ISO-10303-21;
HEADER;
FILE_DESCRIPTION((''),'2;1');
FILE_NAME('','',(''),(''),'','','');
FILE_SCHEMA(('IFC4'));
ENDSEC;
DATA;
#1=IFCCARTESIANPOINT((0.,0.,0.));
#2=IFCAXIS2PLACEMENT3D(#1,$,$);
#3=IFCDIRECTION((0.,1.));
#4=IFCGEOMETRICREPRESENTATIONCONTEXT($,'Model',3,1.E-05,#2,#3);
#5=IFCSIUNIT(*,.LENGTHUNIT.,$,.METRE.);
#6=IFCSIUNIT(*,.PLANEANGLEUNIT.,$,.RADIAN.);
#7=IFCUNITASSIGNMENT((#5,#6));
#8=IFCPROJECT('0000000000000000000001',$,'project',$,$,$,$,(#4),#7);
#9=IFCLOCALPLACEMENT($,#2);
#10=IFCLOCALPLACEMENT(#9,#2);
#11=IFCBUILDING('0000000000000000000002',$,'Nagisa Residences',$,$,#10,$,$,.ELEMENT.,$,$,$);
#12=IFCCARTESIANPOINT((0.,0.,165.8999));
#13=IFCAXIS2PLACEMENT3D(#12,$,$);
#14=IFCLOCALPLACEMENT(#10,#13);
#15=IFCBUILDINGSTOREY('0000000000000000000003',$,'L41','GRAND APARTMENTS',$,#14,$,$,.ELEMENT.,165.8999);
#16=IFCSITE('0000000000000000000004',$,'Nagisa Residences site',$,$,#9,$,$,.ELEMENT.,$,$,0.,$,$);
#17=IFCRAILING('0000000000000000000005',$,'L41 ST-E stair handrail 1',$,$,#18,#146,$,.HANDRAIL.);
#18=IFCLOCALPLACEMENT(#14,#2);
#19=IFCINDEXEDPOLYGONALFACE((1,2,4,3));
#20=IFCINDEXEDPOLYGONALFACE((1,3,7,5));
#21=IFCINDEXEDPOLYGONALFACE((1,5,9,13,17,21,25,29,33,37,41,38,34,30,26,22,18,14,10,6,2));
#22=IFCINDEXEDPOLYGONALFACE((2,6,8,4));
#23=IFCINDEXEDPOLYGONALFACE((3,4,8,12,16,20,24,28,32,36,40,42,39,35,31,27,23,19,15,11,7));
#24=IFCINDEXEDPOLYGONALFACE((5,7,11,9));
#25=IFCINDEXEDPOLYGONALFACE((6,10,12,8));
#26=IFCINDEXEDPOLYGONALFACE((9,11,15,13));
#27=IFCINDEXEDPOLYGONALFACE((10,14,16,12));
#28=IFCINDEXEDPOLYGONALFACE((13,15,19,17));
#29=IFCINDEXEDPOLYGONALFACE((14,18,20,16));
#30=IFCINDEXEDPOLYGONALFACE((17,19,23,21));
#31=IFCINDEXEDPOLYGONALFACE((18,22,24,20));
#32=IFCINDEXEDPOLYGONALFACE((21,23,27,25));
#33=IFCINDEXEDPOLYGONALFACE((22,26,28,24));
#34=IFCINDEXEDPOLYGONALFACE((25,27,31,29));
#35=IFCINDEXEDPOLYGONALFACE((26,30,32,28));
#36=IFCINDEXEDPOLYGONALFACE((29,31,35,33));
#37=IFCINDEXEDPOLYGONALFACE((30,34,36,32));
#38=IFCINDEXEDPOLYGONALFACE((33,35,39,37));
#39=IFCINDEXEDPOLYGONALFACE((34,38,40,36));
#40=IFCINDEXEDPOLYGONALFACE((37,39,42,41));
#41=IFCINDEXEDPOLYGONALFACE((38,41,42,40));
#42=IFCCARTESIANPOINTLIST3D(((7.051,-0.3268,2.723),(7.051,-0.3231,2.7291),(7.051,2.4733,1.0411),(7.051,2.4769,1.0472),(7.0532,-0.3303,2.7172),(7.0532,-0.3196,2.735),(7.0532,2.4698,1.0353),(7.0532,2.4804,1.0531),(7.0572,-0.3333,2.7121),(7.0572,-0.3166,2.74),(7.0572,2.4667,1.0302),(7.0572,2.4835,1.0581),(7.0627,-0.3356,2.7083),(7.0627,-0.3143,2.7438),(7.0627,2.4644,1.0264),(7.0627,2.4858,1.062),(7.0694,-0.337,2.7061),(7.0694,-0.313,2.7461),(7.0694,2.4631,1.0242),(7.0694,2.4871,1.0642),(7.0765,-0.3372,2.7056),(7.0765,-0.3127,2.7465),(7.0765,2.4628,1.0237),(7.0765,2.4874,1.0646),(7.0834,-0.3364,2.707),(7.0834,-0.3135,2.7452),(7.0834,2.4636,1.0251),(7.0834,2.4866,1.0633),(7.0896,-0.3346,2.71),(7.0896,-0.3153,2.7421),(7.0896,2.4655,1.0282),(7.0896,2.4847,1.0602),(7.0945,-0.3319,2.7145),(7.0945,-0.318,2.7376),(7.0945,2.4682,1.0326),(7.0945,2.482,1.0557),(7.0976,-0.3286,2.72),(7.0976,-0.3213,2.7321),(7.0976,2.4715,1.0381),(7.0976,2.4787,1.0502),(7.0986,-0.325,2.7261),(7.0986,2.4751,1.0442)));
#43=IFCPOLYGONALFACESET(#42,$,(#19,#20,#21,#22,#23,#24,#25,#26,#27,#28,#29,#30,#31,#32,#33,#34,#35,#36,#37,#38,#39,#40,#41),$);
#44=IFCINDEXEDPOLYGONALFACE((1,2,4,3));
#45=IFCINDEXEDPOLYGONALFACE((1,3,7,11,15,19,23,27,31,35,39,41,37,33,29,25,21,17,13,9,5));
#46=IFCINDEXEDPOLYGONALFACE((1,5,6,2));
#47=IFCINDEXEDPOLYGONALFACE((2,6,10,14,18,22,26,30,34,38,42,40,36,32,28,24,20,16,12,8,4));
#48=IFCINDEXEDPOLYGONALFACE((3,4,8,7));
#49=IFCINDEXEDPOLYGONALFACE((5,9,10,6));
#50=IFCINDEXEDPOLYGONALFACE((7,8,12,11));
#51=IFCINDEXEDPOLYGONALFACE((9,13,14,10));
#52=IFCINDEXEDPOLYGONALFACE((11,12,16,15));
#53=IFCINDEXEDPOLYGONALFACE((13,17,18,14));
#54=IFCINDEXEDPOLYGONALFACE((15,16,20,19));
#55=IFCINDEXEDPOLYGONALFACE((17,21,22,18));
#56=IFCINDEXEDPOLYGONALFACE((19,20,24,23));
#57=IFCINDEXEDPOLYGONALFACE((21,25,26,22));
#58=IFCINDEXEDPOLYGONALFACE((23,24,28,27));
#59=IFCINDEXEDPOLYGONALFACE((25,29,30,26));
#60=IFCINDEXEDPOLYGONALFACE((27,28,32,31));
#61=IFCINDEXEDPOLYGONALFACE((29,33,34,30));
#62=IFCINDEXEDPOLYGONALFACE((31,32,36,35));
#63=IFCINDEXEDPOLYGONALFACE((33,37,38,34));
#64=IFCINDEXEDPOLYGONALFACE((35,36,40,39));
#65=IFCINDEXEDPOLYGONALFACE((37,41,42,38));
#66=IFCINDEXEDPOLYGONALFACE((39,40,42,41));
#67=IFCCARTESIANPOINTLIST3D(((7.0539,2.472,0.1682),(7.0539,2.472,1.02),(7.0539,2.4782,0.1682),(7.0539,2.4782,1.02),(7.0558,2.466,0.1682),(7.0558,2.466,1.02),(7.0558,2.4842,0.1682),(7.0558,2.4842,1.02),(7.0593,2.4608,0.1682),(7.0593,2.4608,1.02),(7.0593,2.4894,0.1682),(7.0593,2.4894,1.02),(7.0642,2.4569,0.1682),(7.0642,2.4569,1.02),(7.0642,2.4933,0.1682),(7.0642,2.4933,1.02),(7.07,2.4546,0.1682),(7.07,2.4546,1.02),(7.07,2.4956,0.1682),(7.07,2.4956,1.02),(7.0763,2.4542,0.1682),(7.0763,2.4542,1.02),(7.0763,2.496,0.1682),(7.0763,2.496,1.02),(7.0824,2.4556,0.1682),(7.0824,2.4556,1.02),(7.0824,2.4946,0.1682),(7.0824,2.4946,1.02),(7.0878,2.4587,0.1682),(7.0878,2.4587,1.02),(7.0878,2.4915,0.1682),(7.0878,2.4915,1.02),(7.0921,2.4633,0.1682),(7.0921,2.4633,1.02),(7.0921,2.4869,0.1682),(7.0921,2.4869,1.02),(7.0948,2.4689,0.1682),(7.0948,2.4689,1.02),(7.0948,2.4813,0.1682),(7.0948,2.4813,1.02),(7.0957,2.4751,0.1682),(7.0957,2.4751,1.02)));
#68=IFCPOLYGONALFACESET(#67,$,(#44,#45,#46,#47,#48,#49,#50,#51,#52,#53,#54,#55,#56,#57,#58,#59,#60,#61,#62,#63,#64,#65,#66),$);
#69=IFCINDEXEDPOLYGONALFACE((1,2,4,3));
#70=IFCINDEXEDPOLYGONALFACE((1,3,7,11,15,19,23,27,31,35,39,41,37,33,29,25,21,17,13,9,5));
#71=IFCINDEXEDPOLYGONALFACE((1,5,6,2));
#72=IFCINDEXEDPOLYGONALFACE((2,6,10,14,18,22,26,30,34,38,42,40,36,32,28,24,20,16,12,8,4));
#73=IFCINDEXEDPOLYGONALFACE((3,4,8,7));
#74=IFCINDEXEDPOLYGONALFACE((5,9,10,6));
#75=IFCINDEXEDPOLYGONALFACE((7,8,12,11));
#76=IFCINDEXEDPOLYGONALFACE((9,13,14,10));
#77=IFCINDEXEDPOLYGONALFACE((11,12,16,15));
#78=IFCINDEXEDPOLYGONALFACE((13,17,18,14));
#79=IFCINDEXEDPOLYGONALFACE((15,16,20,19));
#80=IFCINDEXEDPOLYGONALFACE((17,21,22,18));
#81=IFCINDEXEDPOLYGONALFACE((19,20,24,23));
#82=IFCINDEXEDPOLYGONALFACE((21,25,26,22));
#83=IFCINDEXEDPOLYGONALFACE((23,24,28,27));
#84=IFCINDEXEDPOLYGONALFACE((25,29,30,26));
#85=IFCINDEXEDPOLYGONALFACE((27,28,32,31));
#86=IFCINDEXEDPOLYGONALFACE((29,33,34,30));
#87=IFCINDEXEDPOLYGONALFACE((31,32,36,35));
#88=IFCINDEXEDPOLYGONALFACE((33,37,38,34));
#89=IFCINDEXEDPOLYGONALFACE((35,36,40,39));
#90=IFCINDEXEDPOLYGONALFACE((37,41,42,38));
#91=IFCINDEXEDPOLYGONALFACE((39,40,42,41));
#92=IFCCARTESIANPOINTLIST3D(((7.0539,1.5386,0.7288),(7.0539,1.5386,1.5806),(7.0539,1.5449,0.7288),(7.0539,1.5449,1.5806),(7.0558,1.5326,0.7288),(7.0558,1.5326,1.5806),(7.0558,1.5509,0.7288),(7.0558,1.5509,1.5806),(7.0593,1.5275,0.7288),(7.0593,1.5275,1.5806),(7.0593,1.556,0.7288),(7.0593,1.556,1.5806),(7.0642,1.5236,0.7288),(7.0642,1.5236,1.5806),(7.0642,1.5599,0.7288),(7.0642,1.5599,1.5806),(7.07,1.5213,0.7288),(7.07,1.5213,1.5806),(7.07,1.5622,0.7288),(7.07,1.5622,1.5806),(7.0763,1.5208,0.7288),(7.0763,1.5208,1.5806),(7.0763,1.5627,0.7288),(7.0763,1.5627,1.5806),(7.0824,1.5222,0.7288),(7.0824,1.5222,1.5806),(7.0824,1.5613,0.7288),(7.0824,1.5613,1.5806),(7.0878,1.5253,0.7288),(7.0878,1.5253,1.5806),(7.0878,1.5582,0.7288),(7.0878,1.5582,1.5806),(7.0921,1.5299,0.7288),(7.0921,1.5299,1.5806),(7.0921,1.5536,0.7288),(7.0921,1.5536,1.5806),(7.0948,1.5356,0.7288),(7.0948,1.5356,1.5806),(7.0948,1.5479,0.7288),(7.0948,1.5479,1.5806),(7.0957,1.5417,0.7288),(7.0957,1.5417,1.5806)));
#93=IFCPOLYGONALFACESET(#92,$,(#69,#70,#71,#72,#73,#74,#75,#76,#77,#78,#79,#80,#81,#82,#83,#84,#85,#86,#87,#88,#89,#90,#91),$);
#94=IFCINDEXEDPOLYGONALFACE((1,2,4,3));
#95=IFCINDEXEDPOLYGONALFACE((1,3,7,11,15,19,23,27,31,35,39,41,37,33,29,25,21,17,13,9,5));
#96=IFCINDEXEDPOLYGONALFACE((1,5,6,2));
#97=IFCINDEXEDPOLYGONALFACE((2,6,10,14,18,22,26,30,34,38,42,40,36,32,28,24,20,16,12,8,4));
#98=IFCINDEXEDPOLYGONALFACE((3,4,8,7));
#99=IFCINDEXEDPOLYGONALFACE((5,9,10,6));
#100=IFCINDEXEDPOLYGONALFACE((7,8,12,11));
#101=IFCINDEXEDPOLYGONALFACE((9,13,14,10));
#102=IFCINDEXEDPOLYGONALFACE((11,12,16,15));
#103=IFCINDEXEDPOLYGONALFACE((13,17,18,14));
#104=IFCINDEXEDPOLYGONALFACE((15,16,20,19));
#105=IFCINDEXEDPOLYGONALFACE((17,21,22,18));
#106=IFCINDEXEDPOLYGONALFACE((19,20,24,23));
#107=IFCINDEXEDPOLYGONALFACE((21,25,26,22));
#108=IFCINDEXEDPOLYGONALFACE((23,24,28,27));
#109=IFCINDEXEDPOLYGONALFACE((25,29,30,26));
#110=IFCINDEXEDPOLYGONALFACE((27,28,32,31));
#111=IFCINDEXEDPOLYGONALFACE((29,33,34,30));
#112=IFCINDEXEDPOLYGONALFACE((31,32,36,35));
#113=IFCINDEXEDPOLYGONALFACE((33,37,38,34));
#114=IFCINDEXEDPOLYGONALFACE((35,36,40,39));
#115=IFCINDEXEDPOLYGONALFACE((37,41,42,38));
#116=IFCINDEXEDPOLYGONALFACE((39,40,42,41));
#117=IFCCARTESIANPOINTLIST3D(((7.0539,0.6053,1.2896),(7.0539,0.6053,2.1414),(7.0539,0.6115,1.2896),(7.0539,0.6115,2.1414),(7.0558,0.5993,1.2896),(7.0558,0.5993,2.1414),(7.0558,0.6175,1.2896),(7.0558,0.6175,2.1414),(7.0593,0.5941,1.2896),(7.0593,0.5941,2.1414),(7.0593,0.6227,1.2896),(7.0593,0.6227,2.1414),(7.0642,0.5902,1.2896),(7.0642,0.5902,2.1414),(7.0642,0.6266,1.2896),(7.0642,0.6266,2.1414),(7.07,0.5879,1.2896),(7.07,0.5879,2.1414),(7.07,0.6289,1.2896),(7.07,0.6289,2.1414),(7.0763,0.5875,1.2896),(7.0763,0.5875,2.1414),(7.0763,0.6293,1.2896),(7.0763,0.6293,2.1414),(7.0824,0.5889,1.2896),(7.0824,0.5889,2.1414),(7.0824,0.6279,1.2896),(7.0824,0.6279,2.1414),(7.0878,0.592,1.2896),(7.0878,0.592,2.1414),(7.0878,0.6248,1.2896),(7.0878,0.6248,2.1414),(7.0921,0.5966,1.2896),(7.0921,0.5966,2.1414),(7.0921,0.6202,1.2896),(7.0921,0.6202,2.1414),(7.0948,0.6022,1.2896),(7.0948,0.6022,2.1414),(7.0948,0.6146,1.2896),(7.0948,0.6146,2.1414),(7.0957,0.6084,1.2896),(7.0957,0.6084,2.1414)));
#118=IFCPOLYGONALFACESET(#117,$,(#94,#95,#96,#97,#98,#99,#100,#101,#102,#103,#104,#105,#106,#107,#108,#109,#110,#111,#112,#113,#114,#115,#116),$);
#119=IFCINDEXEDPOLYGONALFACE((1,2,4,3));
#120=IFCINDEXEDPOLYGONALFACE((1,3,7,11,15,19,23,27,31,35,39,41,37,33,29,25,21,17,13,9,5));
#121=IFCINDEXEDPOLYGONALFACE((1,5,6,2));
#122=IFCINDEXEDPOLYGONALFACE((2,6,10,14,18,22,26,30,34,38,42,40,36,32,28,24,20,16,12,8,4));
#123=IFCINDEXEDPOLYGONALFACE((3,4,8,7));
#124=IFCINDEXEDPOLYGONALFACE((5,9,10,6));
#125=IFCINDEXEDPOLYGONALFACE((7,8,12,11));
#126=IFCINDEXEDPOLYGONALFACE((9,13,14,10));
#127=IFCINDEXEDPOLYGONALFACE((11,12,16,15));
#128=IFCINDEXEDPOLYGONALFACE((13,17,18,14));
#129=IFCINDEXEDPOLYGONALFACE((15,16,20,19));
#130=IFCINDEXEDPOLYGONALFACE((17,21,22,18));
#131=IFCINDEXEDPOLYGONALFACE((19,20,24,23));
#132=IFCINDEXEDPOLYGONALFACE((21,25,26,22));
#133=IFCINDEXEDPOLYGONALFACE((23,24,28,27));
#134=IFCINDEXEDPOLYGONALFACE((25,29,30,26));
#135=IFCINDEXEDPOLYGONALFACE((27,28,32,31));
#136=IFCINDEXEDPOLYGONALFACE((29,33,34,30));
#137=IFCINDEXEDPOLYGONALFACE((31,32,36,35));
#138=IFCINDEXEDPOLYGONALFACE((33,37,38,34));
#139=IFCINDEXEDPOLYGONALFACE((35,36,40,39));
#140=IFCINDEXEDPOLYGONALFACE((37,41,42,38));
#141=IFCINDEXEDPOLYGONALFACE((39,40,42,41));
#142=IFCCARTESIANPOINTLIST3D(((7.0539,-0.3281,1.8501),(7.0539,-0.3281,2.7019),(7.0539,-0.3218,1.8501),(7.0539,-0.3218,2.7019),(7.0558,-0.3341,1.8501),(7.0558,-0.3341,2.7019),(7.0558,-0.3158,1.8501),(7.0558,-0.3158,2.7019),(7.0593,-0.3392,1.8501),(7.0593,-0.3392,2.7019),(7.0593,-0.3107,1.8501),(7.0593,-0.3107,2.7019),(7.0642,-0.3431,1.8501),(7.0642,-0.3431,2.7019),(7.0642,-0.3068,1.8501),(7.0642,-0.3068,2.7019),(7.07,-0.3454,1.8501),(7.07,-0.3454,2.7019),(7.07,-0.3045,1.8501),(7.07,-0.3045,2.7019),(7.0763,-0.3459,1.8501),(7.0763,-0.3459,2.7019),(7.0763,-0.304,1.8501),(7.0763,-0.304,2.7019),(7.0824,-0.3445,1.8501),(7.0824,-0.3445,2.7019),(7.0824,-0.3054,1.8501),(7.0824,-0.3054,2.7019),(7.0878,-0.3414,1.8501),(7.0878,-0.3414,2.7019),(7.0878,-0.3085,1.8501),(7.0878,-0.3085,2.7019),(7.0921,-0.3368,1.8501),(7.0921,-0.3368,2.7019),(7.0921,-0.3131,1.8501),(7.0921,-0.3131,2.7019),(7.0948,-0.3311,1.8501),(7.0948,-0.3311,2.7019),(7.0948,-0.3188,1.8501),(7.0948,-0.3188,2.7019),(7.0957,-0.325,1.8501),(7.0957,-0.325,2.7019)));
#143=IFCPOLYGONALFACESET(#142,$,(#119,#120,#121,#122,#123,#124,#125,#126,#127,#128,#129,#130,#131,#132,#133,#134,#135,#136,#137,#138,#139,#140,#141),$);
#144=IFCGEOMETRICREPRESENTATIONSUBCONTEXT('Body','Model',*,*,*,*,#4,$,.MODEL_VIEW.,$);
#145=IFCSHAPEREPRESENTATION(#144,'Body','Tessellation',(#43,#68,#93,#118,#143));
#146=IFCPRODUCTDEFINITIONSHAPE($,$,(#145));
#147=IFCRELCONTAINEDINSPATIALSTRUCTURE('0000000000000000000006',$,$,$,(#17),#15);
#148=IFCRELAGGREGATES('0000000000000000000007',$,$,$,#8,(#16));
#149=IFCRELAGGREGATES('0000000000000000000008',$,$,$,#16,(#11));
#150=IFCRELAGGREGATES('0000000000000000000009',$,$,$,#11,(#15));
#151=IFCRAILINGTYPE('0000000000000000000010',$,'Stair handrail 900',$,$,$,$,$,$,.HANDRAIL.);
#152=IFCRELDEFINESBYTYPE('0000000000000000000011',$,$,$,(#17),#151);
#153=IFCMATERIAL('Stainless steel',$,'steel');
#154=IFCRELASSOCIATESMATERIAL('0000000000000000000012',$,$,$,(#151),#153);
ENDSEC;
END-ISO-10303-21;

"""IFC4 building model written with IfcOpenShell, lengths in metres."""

from ifc_helpers import new_model, si_unit, direction, frame, origin, origin_2d, place, context, subcontext, project, spatial, circle, extrude, material, type_object, element, save


model = new_model("IFC4")

# Units and contexts
model_context = context("Model", 3, precision=1e-05, world=origin(), true_north=direction((0.0, 1.0)))
body_context = subcontext(model_context, "Body", "Model", "MODEL_VIEW")
ifc_project = project(units=[si_unit("LENGTHUNIT", "METRE"), si_unit("PLANEANGLEUNIT", "RADIAN")], contexts=[model_context])

# Site, building, storey
site_placement = place(None, origin())
site = spatial("IfcSite", under=ifc_project, at=site_placement, Name="Nagisa Residences site", CompositionType="ELEMENT", RefElevation=0.0)
building_placement = place(site_placement, origin())
building = spatial("IfcBuilding", under=site, at=building_placement, Name="Nagisa Residences", CompositionType="ELEMENT")
storey_placement = place(building_placement, frame((0.0, 0.0, 165.8999)))
storey = spatial("IfcBuildingStorey", under=building, at=storey_placement, Name="L41", Description="GRAND APARTMENTS", CompositionType="ELEMENT", Elevation=165.8999)

# Railing
ifc_material_1 = material(Name="Stainless steel", Category="steel")
railing_type_1 = type_object("IfcRailingType", Name="Stair handrail 900", PredefinedType="HANDRAIL", material=ifc_material_1)
railing_1_placement = place(storey_placement, frame((7.0747, 2.4751, 0.1682)))
element("IfcRailing", 1, at=railing_1_placement, inside=storey, type_object=railing_type_1, Name="L41 ST-E stair handrail 1", PredefinedType="HANDRAIL", context=body_context, shape_type="SweptSolid", body=[
    extrude(circle(Radius=0.0239, at=origin_2d()), frame((0.0, 0.0, 0.876), z_axis=(0.0, -0.857242, 0.514913), x_axis=(1.0, 0.0, 0.0)), (0.0, 0.0, 1.0), 3.2664),
    extrude(circle(Radius=0.021, at=origin_2d()), origin(), (0.0, 0.0, 1.0), 0.8518),
    extrude(circle(Radius=0.021, at=origin_2d()), frame((0.0, -0.9333, 0.5605)), (0.0, 0.0, 1.0), 0.8518),
    extrude(circle(Radius=0.021, at=origin_2d()), frame((0.0, -1.8667, 1.1213)), (0.0, 0.0, 1.0), 0.8518),
    extrude(circle(Radius=0.021, at=origin_2d()), frame((0.0, -2.8, 1.6819)), (0.0, 0.0, 1.0), 0.8518),
])

save(model, "model.ifc")
